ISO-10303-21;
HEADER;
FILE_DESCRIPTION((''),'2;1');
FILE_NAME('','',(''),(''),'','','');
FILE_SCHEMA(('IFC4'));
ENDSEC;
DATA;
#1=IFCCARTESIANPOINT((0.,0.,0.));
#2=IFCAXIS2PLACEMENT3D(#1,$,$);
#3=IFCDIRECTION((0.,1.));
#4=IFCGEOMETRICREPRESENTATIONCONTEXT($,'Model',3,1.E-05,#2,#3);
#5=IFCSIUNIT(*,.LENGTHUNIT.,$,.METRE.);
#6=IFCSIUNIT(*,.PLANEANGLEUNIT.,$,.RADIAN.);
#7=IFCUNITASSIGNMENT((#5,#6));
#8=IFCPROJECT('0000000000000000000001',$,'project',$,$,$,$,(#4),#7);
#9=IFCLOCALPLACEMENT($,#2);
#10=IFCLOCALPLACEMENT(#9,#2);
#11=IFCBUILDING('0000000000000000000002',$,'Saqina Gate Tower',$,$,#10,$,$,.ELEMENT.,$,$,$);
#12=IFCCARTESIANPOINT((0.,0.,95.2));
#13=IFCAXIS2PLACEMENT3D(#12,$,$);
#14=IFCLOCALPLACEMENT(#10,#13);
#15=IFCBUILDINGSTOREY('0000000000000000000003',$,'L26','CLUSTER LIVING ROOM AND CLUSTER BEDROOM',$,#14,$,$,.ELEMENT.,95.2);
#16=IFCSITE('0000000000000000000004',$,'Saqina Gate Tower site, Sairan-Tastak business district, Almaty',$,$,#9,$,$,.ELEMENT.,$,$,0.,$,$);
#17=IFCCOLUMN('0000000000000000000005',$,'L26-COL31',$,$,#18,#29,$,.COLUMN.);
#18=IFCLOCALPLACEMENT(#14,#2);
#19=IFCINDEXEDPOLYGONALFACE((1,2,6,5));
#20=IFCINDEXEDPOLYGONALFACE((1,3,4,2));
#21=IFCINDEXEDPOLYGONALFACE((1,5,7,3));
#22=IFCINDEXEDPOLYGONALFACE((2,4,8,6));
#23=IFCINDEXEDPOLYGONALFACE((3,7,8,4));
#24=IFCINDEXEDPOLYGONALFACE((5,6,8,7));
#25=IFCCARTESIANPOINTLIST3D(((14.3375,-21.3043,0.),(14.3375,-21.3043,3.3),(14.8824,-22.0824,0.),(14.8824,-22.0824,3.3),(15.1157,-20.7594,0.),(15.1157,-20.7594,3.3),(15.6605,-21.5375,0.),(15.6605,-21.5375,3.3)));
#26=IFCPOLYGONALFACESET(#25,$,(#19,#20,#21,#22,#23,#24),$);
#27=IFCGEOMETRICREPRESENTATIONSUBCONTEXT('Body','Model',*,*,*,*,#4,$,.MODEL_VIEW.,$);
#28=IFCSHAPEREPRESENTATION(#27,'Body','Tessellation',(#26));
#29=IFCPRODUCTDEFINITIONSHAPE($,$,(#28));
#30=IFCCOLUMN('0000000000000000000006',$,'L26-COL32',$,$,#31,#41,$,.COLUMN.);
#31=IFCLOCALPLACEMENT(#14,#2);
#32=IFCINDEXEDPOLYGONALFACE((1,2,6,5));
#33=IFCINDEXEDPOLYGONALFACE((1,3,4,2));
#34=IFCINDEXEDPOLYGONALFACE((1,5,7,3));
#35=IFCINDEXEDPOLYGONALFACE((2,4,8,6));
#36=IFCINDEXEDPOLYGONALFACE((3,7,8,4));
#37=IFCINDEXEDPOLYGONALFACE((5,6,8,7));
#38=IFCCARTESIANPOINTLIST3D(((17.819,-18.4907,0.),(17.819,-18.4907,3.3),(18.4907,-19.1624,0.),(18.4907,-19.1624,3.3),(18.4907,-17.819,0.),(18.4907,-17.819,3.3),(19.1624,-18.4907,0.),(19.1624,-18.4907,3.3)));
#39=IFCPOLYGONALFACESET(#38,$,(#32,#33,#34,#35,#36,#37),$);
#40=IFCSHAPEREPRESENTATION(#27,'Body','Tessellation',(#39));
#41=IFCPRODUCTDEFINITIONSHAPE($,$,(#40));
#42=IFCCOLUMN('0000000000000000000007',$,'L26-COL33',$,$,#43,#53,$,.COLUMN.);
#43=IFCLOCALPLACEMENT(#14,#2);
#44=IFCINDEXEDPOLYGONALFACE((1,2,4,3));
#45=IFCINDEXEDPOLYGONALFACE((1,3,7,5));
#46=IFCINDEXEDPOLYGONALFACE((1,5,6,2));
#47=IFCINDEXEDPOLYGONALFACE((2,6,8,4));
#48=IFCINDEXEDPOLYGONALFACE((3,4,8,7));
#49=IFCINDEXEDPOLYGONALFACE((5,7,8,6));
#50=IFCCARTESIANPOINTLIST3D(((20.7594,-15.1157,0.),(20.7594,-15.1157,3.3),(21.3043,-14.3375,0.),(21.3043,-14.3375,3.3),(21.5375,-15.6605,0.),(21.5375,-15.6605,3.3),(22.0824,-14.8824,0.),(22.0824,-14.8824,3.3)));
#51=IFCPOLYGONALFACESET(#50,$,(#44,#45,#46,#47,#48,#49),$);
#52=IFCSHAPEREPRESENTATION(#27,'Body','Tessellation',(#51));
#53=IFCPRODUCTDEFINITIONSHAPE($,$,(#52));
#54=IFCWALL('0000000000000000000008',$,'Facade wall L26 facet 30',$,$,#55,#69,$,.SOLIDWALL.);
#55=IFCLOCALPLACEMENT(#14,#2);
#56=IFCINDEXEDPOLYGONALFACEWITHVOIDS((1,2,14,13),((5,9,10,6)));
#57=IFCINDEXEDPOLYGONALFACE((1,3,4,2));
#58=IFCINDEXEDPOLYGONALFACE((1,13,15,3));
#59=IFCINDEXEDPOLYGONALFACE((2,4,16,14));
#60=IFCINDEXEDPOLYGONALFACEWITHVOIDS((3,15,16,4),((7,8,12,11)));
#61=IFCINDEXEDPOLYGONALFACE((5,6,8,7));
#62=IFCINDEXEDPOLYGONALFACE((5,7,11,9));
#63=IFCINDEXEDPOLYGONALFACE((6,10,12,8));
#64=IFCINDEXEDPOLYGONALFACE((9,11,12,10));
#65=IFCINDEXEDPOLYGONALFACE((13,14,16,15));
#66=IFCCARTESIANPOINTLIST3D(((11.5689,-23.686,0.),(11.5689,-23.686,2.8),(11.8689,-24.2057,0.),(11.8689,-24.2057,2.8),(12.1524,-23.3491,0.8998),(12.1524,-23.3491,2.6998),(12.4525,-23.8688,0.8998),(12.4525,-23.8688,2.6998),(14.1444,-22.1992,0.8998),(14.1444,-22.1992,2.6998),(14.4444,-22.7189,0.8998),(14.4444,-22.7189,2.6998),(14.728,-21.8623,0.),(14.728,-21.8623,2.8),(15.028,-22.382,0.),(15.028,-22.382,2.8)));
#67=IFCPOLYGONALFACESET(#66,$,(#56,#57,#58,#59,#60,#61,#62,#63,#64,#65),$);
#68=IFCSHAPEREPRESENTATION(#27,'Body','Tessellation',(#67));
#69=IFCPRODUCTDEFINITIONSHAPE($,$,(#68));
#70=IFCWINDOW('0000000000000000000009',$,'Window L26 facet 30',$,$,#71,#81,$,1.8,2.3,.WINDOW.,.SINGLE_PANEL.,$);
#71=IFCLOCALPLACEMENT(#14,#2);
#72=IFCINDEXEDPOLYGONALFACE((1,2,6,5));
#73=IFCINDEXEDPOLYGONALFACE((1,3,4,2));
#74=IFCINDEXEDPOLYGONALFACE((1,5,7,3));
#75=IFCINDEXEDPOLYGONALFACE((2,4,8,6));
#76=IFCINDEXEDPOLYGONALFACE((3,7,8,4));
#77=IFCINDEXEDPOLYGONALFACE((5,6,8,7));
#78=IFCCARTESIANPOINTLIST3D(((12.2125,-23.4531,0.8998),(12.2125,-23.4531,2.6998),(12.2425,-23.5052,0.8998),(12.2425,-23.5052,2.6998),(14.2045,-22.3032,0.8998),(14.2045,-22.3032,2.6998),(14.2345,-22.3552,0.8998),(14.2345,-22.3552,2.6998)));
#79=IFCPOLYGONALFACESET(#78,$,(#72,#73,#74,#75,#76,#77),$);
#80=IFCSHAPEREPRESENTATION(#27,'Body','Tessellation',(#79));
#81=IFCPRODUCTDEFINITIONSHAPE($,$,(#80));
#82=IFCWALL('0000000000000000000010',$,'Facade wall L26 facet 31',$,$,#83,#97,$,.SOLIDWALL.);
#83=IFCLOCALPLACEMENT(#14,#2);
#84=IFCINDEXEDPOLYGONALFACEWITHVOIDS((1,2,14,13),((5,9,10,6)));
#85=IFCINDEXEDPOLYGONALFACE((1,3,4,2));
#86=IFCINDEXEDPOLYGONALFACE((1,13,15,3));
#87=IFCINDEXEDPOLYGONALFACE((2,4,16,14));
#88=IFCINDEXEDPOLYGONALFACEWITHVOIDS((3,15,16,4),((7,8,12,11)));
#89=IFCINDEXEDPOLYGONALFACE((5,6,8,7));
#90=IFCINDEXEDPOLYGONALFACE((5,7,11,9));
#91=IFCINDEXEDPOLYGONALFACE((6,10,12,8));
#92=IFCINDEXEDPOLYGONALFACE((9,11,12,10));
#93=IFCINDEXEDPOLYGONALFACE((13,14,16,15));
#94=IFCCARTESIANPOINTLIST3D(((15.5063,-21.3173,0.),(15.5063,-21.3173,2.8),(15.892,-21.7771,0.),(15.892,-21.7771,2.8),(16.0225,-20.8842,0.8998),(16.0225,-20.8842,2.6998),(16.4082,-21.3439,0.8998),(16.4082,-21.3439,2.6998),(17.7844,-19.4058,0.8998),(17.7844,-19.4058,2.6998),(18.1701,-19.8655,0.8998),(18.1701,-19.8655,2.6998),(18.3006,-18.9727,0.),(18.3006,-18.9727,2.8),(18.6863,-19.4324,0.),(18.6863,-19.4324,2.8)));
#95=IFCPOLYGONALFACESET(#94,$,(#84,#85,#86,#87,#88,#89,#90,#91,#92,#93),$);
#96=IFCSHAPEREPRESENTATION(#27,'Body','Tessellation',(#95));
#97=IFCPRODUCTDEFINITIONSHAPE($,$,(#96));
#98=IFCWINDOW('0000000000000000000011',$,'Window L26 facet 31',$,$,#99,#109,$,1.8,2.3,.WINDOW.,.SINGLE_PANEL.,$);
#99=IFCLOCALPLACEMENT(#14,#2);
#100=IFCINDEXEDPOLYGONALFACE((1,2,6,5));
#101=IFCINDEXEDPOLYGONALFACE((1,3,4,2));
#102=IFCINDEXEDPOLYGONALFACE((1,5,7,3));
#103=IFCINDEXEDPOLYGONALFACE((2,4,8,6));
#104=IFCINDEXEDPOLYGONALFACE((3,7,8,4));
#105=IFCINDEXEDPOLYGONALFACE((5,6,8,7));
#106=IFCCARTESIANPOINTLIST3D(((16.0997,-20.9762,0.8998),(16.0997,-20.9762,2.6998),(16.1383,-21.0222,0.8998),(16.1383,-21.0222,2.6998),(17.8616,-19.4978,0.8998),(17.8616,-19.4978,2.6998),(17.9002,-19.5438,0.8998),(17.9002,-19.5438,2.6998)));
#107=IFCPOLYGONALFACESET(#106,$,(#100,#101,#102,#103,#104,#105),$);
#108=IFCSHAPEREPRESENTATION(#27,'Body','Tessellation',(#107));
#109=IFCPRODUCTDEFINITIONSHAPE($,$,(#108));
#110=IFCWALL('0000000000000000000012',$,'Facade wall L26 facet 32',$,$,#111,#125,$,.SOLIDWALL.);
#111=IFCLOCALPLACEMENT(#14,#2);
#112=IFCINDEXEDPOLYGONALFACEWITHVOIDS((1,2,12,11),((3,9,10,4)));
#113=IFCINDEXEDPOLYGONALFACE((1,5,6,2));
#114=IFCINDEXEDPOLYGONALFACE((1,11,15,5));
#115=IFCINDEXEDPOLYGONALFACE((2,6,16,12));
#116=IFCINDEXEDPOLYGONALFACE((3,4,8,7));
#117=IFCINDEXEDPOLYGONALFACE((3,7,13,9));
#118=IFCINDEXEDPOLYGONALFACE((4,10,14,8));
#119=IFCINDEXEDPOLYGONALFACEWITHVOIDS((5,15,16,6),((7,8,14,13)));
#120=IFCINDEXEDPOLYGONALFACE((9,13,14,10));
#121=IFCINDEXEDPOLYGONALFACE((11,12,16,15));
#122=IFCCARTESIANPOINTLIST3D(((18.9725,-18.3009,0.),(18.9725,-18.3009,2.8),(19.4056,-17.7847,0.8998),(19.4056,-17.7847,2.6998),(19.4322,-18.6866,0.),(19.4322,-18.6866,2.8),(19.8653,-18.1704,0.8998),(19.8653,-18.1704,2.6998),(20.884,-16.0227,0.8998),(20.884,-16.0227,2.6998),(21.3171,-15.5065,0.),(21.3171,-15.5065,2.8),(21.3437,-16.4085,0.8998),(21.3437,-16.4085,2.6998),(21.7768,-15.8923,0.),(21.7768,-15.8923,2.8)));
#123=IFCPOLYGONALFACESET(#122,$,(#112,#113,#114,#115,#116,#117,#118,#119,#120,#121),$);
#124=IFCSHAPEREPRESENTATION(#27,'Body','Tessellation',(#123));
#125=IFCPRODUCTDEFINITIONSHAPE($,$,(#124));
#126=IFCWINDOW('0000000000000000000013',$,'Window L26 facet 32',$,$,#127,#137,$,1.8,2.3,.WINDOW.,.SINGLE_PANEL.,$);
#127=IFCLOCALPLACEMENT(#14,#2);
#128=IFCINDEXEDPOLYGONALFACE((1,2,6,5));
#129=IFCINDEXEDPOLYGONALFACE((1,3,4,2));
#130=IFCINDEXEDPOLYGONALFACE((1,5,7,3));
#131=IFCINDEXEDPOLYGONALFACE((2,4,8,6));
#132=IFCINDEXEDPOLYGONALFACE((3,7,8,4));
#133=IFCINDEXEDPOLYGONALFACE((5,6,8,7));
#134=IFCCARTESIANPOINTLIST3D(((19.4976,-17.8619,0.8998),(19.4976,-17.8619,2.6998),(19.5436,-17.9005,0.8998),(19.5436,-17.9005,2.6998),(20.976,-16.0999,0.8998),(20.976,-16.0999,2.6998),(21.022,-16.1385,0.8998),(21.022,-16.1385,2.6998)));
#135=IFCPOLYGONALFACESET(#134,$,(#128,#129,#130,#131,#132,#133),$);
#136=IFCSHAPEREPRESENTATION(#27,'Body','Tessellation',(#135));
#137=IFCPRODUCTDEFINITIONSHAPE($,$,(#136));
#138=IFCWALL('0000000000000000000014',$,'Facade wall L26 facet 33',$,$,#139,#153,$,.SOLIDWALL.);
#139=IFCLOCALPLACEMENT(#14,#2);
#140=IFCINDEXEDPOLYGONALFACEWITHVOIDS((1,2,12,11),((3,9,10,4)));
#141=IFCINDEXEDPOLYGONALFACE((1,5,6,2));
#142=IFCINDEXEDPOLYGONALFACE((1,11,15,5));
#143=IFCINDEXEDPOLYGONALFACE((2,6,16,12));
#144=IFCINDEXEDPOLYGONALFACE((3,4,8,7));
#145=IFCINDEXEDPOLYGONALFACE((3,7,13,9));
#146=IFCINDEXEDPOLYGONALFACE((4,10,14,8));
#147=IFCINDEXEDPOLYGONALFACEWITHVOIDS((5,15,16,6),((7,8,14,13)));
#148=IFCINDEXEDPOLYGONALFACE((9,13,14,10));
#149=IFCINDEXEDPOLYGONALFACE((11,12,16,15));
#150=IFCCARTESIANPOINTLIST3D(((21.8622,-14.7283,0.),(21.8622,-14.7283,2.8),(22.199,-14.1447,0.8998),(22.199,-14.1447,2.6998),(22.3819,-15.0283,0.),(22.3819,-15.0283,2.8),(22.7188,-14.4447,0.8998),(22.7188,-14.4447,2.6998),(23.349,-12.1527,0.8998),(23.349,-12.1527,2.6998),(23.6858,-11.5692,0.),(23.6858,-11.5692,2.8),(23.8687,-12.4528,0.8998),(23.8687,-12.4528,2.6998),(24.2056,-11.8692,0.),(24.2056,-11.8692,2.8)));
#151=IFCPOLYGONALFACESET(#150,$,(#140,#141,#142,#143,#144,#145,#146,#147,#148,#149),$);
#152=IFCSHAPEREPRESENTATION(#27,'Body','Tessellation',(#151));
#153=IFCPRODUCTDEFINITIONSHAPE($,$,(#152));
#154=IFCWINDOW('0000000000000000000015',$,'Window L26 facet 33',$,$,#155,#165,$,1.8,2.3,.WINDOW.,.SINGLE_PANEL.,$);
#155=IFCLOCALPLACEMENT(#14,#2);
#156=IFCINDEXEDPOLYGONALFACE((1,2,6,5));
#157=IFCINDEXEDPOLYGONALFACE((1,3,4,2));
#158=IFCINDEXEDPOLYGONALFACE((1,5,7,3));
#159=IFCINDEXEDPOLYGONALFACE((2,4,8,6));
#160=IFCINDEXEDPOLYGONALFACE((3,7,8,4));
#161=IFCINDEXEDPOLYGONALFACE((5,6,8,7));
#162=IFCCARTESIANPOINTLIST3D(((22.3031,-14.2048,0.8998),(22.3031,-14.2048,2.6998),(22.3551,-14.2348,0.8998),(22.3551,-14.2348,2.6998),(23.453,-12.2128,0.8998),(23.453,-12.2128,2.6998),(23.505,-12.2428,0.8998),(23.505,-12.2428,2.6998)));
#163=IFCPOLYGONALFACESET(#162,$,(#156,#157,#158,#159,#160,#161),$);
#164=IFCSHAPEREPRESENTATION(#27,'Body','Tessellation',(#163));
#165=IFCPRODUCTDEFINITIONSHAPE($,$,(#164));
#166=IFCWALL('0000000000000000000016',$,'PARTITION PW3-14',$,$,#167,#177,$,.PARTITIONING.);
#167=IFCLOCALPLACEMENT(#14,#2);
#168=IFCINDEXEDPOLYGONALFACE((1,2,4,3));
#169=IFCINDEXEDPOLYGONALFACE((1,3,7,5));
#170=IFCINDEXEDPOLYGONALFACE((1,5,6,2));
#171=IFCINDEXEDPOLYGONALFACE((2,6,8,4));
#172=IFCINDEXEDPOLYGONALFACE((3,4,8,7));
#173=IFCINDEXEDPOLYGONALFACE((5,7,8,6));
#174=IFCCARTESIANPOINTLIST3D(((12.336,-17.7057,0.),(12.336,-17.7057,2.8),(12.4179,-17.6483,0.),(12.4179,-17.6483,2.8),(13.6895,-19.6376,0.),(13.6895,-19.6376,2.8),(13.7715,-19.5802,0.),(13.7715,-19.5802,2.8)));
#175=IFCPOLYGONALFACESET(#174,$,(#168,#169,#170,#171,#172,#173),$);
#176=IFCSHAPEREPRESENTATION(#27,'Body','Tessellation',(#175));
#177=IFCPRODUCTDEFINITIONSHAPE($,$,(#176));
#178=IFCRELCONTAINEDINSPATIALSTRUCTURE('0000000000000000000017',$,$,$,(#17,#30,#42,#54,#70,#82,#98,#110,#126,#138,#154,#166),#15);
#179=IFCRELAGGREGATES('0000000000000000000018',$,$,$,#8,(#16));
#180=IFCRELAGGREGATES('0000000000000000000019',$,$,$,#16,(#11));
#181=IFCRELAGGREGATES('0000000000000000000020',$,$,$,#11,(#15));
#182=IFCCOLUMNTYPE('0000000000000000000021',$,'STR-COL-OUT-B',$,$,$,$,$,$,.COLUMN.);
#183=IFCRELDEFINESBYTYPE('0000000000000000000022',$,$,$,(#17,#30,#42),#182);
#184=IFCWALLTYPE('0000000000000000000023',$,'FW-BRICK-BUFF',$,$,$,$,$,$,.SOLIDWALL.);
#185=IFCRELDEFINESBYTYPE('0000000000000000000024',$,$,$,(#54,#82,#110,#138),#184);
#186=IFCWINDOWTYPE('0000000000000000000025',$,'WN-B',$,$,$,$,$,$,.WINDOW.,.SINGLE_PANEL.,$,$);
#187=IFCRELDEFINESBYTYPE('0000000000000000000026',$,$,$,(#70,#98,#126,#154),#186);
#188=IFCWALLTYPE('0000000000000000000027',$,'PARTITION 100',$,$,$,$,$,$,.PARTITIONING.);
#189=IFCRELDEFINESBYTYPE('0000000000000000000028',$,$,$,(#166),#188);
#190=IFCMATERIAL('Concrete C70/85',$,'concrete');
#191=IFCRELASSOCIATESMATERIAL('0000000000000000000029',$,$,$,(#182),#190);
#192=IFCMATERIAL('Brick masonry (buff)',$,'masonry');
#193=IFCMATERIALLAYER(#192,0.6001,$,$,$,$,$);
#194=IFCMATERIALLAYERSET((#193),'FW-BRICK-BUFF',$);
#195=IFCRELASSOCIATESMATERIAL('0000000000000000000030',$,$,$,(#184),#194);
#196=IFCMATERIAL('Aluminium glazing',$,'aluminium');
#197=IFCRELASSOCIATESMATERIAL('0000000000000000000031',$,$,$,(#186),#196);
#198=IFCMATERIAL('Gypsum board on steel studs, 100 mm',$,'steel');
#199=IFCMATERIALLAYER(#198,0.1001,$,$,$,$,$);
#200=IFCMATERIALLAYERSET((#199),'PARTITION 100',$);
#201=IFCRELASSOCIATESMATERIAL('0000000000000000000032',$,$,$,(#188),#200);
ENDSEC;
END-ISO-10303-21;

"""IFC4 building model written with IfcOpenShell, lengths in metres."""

from ifc_helpers import new_model, si_unit, direction, frame, frame_2d, origin, origin_2d, place, context, subcontext, project, spatial, rectangle, extrude, material, layer, layer_set, material_profile, profile_set, type_object, element, fill, save


model = new_model("IFC4")

# Units and contexts
model_context = context("Model", 3, precision=1e-05, world=origin(), true_north=direction((0.0, 1.0)))
body_context = subcontext(model_context, "Body", "Model", "MODEL_VIEW")
ifc_project = project(units=[si_unit("LENGTHUNIT", "METRE"), si_unit("PLANEANGLEUNIT", "RADIAN")], contexts=[model_context])

# Site, building, storey
site_placement = place(None, origin())
site = spatial("IfcSite", under=ifc_project, at=site_placement, Name="Saqina Gate Tower site, Sairan-Tastak business district, Almaty", CompositionType="ELEMENT", RefElevation=0.0)
building_placement = place(site_placement, origin())
building = spatial("IfcBuilding", under=site, at=building_placement, Name="Saqina Gate Tower", CompositionType="ELEMENT")
storey_placement = place(building_placement, frame((0.0, 0.0, 95.2)))
storey = spatial("IfcBuildingStorey", under=building, at=storey_placement, Name="L26", Description="CLUSTER LIVING ROOM AND CLUSTER BEDROOM", CompositionType="ELEMENT", Elevation=95.2)

# Columns
ifc_material_1 = material(Name="Concrete C70/85", Category="concrete")
ifc_material_profile = material_profile(ifc_material_1, rectangle(XDim=0.95, YDim=0.95, at=origin_2d()), Name="RC 950x950")
ifc_profile_set = profile_set([ifc_material_profile], Name="Concrete C70/85")
column_type = type_object("IfcColumnType", Name="STR-COL-OUT-B", PredefinedType="COLUMN", material=ifc_profile_set)
for number, where, z_axis, x_axis, name in (
    (1, (14.999, -21.4209, 0.0), (0.0, 0.0, 1.0), (0.573576, -0.819152, 0.0), "L26-COL31"),
    (2, (18.4907, -18.4907, 0.0), (0.0, 0.0, 1.0), (0.707107, -0.707107, 0.0), "L26-COL32"),
    (3, (21.4209, -14.999, 0.0), (0.0, 0.0, 1.0), (0.819152, -0.573576, 0.0), "L26-COL33"),
):
    element("IfcColumn", number, at=place(storey_placement, frame(where, z_axis=z_axis, x_axis=x_axis)), inside=storey, type_object=column_type, Name=name, PredefinedType="COLUMN", context=body_context, shape_type="SweptSolid", body=[
        extrude(rectangle(XDim=0.95, YDim=0.95, at=origin_2d()), origin(), (0.0, 0.0, 1.0), 3.3),
    ])

# Walls, openings, windows
ifc_material_2 = material(Name="Brick masonry (buff)", Category="masonry")
ifc_layer_1 = layer(ifc_material_2, 0.6001)
ifc_layer_set_1 = layer_set([ifc_layer_1], Name="FW-BRICK-BUFF")
wall_type_1 = type_object("IfcWallType", Name="FW-BRICK-BUFF", PredefinedType="SOLIDWALL", material=ifc_layer_set_1)
wall_1_placement = place(storey_placement, frame((11.719, -23.9458, 0.0), z_axis=(0.0, 0.0, 1.0), x_axis=(0.866052, 0.499954, 0.0)))
wall_1 = element("IfcWall", 4, at=wall_1_placement, inside=storey, type_object=wall_type_1, Name="Facade wall L26 facet 30", PredefinedType="SOLIDWALL", context=body_context, shape_type="SweptSolid", body=[
    extrude(rectangle(XDim=3.6477, YDim=0.6001, at=frame_2d((1.8237, 0.0))), origin(), (0.0, 0.0, 1.0), 2.8),
])
opening_1_placement = place(wall_1_placement, frame((0.6738, 0.0, 0.8999)))
opening_1 = element("IfcOpeningElement", 5, at=opening_1_placement, cuts=wall_1, PredefinedType="OPENING", context=body_context, shape_type="SweptSolid", body=[
    extrude(rectangle(XDim=2.3, YDim=1.8, at=frame_2d((1.1499, 0.8999))), frame((0.0, 0.312, 0.0), z_axis=(0.0, -1.0, 0.0), x_axis=(1.0, 0.0, 0.0)), (0.0, 0.0, 1.0), 0.624),
])
ifc_material_3 = material(Name="Aluminium glazing", Category="aluminium")
window_type = type_object("IfcWindowType", Name="WN-B", PartitioningType="SINGLE_PANEL", PredefinedType="WINDOW", material=ifc_material_3)
window_1_placement = place(opening_1_placement, origin())
window_1 = element("IfcWindow", 6, at=window_1_placement, inside=storey, type_object=window_type, Name="Window L26 facet 30", OverallHeight=1.8, OverallWidth=2.3, PartitioningType="SINGLE_PANEL", PredefinedType="WINDOW", context=body_context, shape_type="SweptSolid", body=[
    extrude(rectangle(XDim=2.3, YDim=1.8, at=frame_2d((1.1499, 0.8999))), frame((0.0, 0.1799, 0.0), z_axis=(0.0, -1.0, 0.0), x_axis=(1.0, 0.0, 0.0)), (0.0, 0.0, 1.0), 0.0601),
])
fill(opening_1, window_1)
wall_2_placement = place(storey_placement, frame((15.6992, -21.5471, 0.0), z_axis=(0.0, 0.0, 1.0), x_axis=(0.766055, 0.642774, 0.0)))
wall_2 = element("IfcWall", 7, at=wall_2_placement, inside=storey, type_object=wall_type_1, Name="Facade wall L26 facet 31", PredefinedType="SOLIDWALL", context=body_context, shape_type="SweptSolid", body=[
    extrude(rectangle(XDim=3.6477, YDim=0.6001, at=frame_2d((1.8237, 0.0))), origin(), (0.0, 0.0, 1.0), 2.8),
])
opening_2_placement = place(wall_2_placement, frame((0.6738, 0.0, 0.8999)))
opening_2 = element("IfcOpeningElement", 8, at=opening_2_placement, cuts=wall_2, PredefinedType="OPENING", context=body_context, shape_type="SweptSolid", body=[
    extrude(rectangle(XDim=2.3, YDim=1.8, at=frame_2d((1.1499, 0.8999))), frame((0.0, 0.312, 0.0), z_axis=(0.0, -1.0, 0.0), x_axis=(1.0, 0.0, 0.0)), (0.0, 0.0, 1.0), 0.624),
])
window_2_placement = place(opening_2_placement, origin())
window_2 = element("IfcWindow", 9, at=window_2_placement, inside=storey, type_object=window_type, Name="Window L26 facet 31", OverallHeight=1.8, OverallWidth=2.3, PartitioningType="SINGLE_PANEL", PredefinedType="WINDOW", context=body_context, shape_type="SweptSolid", body=[
    extrude(rectangle(XDim=2.3, YDim=1.8, at=frame_2d((1.1499, 0.8999))), frame((0.0, 0.1799, 0.0), z_axis=(0.0, -1.0, 0.0), x_axis=(1.0, 0.0, 0.0)), (0.0, 0.0, 1.0), 0.0601),
])
fill(opening_2, window_2)
wall_3_placement = place(storey_placement, frame((19.2024, -18.4937, 0.0), z_axis=(0.0, 0.0, 1.0), x_axis=(0.642774, 0.766055, 0.0)))
wall_3 = element("IfcWall", 10, at=wall_3_placement, inside=storey, type_object=wall_type_1, Name="Facade wall L26 facet 32", PredefinedType="SOLIDWALL", context=body_context, shape_type="SweptSolid", body=[
    extrude(rectangle(XDim=3.6477, YDim=0.6001, at=frame_2d((1.8237, 0.0))), origin(), (0.0, 0.0, 1.0), 2.8),
])
opening_3_placement = place(wall_3_placement, frame((0.6738, 0.0, 0.8999)))
opening_3 = element("IfcOpeningElement", 11, at=opening_3_placement, cuts=wall_3, PredefinedType="OPENING", context=body_context, shape_type="SweptSolid", body=[
    extrude(rectangle(XDim=2.3, YDim=1.8, at=frame_2d((1.1499, 0.8999))), frame((0.0, 0.312, 0.0), z_axis=(0.0, -1.0, 0.0), x_axis=(1.0, 0.0, 0.0)), (0.0, 0.0, 1.0), 0.624),
])
window_3_placement = place(opening_3_placement, origin())
window_3 = element("IfcWindow", 12, at=window_3_placement, inside=storey, type_object=window_type, Name="Window L26 facet 32", OverallHeight=1.8, OverallWidth=2.3, PartitioningType="SINGLE_PANEL", PredefinedType="WINDOW", context=body_context, shape_type="SweptSolid", body=[
    extrude(rectangle(XDim=2.3, YDim=1.8, at=frame_2d((1.1499, 0.8999))), frame((0.0, 0.1799, 0.0), z_axis=(0.0, -1.0, 0.0), x_axis=(1.0, 0.0, 0.0)), (0.0, 0.0, 1.0), 0.0601),
])
fill(opening_3, window_3)
wall_4_placement = place(storey_placement, frame((22.1221, -14.8782, 0.0), z_axis=(0.0, 0.0, 1.0), x_axis=(0.499954, 0.866052, 0.0)))
wall_4 = element("IfcWall", 13, at=wall_4_placement, inside=storey, type_object=wall_type_1, Name="Facade wall L26 facet 33", PredefinedType="SOLIDWALL", context=body_context, shape_type="SweptSolid", body=[
    extrude(rectangle(XDim=3.6477, YDim=0.6001, at=frame_2d((1.8237, 0.0))), origin(), (0.0, 0.0, 1.0), 2.8),
])
opening_4_placement = place(wall_4_placement, frame((0.6738, 0.0, 0.8999)))
opening_4 = element("IfcOpeningElement", 14, at=opening_4_placement, cuts=wall_4, PredefinedType="OPENING", context=body_context, shape_type="SweptSolid", body=[
    extrude(rectangle(XDim=2.3, YDim=1.8, at=frame_2d((1.1499, 0.8999))), frame((0.0, 0.312, 0.0), z_axis=(0.0, -1.0, 0.0), x_axis=(1.0, 0.0, 0.0)), (0.0, 0.0, 1.0), 0.624),
])
window_4_placement = place(opening_4_placement, origin())
window_4 = element("IfcWindow", 15, at=window_4_placement, inside=storey, type_object=window_type, Name="Window L26 facet 33", OverallHeight=1.8, OverallWidth=2.3, PartitioningType="SINGLE_PANEL", PredefinedType="WINDOW", context=body_context, shape_type="SweptSolid", body=[
    extrude(rectangle(XDim=2.3, YDim=1.8, at=frame_2d((1.1499, 0.8999))), frame((0.0, 0.1799, 0.0), z_axis=(0.0, -1.0, 0.0), x_axis=(1.0, 0.0, 0.0)), (0.0, 0.0, 1.0), 0.0601),
])
fill(opening_4, window_4)

# Wall
ifc_material_4 = material(Name="Gypsum board on steel studs, 100 mm", Category="steel")
ifc_layer_2 = layer(ifc_material_4, 0.1001)
ifc_layer_set_2 = layer_set([ifc_layer_2], Name="PARTITION 100")
wall_type_2 = type_object("IfcWallType", Name="PARTITION 100", PredefinedType="PARTITIONING", material=ifc_layer_set_2)
wall_5_placement = place(storey_placement, frame((12.377, -17.677, 0.0), z_axis=(0.0, 0.0, 1.0), x_axis=(0.573803, -0.818994, 0.0)))
element("IfcWall", 16, at=wall_5_placement, inside=storey, type_object=wall_type_2, Name="PARTITION PW3-14", PredefinedType="PARTITIONING", context=body_context, shape_type="SweptSolid", body=[
    extrude(rectangle(XDim=2.3589, YDim=0.1001, at=frame_2d((1.1794, 0.0))), origin(), (0.0, 0.0, 1.0), 2.8),
])

save(model, "model.ifc")
